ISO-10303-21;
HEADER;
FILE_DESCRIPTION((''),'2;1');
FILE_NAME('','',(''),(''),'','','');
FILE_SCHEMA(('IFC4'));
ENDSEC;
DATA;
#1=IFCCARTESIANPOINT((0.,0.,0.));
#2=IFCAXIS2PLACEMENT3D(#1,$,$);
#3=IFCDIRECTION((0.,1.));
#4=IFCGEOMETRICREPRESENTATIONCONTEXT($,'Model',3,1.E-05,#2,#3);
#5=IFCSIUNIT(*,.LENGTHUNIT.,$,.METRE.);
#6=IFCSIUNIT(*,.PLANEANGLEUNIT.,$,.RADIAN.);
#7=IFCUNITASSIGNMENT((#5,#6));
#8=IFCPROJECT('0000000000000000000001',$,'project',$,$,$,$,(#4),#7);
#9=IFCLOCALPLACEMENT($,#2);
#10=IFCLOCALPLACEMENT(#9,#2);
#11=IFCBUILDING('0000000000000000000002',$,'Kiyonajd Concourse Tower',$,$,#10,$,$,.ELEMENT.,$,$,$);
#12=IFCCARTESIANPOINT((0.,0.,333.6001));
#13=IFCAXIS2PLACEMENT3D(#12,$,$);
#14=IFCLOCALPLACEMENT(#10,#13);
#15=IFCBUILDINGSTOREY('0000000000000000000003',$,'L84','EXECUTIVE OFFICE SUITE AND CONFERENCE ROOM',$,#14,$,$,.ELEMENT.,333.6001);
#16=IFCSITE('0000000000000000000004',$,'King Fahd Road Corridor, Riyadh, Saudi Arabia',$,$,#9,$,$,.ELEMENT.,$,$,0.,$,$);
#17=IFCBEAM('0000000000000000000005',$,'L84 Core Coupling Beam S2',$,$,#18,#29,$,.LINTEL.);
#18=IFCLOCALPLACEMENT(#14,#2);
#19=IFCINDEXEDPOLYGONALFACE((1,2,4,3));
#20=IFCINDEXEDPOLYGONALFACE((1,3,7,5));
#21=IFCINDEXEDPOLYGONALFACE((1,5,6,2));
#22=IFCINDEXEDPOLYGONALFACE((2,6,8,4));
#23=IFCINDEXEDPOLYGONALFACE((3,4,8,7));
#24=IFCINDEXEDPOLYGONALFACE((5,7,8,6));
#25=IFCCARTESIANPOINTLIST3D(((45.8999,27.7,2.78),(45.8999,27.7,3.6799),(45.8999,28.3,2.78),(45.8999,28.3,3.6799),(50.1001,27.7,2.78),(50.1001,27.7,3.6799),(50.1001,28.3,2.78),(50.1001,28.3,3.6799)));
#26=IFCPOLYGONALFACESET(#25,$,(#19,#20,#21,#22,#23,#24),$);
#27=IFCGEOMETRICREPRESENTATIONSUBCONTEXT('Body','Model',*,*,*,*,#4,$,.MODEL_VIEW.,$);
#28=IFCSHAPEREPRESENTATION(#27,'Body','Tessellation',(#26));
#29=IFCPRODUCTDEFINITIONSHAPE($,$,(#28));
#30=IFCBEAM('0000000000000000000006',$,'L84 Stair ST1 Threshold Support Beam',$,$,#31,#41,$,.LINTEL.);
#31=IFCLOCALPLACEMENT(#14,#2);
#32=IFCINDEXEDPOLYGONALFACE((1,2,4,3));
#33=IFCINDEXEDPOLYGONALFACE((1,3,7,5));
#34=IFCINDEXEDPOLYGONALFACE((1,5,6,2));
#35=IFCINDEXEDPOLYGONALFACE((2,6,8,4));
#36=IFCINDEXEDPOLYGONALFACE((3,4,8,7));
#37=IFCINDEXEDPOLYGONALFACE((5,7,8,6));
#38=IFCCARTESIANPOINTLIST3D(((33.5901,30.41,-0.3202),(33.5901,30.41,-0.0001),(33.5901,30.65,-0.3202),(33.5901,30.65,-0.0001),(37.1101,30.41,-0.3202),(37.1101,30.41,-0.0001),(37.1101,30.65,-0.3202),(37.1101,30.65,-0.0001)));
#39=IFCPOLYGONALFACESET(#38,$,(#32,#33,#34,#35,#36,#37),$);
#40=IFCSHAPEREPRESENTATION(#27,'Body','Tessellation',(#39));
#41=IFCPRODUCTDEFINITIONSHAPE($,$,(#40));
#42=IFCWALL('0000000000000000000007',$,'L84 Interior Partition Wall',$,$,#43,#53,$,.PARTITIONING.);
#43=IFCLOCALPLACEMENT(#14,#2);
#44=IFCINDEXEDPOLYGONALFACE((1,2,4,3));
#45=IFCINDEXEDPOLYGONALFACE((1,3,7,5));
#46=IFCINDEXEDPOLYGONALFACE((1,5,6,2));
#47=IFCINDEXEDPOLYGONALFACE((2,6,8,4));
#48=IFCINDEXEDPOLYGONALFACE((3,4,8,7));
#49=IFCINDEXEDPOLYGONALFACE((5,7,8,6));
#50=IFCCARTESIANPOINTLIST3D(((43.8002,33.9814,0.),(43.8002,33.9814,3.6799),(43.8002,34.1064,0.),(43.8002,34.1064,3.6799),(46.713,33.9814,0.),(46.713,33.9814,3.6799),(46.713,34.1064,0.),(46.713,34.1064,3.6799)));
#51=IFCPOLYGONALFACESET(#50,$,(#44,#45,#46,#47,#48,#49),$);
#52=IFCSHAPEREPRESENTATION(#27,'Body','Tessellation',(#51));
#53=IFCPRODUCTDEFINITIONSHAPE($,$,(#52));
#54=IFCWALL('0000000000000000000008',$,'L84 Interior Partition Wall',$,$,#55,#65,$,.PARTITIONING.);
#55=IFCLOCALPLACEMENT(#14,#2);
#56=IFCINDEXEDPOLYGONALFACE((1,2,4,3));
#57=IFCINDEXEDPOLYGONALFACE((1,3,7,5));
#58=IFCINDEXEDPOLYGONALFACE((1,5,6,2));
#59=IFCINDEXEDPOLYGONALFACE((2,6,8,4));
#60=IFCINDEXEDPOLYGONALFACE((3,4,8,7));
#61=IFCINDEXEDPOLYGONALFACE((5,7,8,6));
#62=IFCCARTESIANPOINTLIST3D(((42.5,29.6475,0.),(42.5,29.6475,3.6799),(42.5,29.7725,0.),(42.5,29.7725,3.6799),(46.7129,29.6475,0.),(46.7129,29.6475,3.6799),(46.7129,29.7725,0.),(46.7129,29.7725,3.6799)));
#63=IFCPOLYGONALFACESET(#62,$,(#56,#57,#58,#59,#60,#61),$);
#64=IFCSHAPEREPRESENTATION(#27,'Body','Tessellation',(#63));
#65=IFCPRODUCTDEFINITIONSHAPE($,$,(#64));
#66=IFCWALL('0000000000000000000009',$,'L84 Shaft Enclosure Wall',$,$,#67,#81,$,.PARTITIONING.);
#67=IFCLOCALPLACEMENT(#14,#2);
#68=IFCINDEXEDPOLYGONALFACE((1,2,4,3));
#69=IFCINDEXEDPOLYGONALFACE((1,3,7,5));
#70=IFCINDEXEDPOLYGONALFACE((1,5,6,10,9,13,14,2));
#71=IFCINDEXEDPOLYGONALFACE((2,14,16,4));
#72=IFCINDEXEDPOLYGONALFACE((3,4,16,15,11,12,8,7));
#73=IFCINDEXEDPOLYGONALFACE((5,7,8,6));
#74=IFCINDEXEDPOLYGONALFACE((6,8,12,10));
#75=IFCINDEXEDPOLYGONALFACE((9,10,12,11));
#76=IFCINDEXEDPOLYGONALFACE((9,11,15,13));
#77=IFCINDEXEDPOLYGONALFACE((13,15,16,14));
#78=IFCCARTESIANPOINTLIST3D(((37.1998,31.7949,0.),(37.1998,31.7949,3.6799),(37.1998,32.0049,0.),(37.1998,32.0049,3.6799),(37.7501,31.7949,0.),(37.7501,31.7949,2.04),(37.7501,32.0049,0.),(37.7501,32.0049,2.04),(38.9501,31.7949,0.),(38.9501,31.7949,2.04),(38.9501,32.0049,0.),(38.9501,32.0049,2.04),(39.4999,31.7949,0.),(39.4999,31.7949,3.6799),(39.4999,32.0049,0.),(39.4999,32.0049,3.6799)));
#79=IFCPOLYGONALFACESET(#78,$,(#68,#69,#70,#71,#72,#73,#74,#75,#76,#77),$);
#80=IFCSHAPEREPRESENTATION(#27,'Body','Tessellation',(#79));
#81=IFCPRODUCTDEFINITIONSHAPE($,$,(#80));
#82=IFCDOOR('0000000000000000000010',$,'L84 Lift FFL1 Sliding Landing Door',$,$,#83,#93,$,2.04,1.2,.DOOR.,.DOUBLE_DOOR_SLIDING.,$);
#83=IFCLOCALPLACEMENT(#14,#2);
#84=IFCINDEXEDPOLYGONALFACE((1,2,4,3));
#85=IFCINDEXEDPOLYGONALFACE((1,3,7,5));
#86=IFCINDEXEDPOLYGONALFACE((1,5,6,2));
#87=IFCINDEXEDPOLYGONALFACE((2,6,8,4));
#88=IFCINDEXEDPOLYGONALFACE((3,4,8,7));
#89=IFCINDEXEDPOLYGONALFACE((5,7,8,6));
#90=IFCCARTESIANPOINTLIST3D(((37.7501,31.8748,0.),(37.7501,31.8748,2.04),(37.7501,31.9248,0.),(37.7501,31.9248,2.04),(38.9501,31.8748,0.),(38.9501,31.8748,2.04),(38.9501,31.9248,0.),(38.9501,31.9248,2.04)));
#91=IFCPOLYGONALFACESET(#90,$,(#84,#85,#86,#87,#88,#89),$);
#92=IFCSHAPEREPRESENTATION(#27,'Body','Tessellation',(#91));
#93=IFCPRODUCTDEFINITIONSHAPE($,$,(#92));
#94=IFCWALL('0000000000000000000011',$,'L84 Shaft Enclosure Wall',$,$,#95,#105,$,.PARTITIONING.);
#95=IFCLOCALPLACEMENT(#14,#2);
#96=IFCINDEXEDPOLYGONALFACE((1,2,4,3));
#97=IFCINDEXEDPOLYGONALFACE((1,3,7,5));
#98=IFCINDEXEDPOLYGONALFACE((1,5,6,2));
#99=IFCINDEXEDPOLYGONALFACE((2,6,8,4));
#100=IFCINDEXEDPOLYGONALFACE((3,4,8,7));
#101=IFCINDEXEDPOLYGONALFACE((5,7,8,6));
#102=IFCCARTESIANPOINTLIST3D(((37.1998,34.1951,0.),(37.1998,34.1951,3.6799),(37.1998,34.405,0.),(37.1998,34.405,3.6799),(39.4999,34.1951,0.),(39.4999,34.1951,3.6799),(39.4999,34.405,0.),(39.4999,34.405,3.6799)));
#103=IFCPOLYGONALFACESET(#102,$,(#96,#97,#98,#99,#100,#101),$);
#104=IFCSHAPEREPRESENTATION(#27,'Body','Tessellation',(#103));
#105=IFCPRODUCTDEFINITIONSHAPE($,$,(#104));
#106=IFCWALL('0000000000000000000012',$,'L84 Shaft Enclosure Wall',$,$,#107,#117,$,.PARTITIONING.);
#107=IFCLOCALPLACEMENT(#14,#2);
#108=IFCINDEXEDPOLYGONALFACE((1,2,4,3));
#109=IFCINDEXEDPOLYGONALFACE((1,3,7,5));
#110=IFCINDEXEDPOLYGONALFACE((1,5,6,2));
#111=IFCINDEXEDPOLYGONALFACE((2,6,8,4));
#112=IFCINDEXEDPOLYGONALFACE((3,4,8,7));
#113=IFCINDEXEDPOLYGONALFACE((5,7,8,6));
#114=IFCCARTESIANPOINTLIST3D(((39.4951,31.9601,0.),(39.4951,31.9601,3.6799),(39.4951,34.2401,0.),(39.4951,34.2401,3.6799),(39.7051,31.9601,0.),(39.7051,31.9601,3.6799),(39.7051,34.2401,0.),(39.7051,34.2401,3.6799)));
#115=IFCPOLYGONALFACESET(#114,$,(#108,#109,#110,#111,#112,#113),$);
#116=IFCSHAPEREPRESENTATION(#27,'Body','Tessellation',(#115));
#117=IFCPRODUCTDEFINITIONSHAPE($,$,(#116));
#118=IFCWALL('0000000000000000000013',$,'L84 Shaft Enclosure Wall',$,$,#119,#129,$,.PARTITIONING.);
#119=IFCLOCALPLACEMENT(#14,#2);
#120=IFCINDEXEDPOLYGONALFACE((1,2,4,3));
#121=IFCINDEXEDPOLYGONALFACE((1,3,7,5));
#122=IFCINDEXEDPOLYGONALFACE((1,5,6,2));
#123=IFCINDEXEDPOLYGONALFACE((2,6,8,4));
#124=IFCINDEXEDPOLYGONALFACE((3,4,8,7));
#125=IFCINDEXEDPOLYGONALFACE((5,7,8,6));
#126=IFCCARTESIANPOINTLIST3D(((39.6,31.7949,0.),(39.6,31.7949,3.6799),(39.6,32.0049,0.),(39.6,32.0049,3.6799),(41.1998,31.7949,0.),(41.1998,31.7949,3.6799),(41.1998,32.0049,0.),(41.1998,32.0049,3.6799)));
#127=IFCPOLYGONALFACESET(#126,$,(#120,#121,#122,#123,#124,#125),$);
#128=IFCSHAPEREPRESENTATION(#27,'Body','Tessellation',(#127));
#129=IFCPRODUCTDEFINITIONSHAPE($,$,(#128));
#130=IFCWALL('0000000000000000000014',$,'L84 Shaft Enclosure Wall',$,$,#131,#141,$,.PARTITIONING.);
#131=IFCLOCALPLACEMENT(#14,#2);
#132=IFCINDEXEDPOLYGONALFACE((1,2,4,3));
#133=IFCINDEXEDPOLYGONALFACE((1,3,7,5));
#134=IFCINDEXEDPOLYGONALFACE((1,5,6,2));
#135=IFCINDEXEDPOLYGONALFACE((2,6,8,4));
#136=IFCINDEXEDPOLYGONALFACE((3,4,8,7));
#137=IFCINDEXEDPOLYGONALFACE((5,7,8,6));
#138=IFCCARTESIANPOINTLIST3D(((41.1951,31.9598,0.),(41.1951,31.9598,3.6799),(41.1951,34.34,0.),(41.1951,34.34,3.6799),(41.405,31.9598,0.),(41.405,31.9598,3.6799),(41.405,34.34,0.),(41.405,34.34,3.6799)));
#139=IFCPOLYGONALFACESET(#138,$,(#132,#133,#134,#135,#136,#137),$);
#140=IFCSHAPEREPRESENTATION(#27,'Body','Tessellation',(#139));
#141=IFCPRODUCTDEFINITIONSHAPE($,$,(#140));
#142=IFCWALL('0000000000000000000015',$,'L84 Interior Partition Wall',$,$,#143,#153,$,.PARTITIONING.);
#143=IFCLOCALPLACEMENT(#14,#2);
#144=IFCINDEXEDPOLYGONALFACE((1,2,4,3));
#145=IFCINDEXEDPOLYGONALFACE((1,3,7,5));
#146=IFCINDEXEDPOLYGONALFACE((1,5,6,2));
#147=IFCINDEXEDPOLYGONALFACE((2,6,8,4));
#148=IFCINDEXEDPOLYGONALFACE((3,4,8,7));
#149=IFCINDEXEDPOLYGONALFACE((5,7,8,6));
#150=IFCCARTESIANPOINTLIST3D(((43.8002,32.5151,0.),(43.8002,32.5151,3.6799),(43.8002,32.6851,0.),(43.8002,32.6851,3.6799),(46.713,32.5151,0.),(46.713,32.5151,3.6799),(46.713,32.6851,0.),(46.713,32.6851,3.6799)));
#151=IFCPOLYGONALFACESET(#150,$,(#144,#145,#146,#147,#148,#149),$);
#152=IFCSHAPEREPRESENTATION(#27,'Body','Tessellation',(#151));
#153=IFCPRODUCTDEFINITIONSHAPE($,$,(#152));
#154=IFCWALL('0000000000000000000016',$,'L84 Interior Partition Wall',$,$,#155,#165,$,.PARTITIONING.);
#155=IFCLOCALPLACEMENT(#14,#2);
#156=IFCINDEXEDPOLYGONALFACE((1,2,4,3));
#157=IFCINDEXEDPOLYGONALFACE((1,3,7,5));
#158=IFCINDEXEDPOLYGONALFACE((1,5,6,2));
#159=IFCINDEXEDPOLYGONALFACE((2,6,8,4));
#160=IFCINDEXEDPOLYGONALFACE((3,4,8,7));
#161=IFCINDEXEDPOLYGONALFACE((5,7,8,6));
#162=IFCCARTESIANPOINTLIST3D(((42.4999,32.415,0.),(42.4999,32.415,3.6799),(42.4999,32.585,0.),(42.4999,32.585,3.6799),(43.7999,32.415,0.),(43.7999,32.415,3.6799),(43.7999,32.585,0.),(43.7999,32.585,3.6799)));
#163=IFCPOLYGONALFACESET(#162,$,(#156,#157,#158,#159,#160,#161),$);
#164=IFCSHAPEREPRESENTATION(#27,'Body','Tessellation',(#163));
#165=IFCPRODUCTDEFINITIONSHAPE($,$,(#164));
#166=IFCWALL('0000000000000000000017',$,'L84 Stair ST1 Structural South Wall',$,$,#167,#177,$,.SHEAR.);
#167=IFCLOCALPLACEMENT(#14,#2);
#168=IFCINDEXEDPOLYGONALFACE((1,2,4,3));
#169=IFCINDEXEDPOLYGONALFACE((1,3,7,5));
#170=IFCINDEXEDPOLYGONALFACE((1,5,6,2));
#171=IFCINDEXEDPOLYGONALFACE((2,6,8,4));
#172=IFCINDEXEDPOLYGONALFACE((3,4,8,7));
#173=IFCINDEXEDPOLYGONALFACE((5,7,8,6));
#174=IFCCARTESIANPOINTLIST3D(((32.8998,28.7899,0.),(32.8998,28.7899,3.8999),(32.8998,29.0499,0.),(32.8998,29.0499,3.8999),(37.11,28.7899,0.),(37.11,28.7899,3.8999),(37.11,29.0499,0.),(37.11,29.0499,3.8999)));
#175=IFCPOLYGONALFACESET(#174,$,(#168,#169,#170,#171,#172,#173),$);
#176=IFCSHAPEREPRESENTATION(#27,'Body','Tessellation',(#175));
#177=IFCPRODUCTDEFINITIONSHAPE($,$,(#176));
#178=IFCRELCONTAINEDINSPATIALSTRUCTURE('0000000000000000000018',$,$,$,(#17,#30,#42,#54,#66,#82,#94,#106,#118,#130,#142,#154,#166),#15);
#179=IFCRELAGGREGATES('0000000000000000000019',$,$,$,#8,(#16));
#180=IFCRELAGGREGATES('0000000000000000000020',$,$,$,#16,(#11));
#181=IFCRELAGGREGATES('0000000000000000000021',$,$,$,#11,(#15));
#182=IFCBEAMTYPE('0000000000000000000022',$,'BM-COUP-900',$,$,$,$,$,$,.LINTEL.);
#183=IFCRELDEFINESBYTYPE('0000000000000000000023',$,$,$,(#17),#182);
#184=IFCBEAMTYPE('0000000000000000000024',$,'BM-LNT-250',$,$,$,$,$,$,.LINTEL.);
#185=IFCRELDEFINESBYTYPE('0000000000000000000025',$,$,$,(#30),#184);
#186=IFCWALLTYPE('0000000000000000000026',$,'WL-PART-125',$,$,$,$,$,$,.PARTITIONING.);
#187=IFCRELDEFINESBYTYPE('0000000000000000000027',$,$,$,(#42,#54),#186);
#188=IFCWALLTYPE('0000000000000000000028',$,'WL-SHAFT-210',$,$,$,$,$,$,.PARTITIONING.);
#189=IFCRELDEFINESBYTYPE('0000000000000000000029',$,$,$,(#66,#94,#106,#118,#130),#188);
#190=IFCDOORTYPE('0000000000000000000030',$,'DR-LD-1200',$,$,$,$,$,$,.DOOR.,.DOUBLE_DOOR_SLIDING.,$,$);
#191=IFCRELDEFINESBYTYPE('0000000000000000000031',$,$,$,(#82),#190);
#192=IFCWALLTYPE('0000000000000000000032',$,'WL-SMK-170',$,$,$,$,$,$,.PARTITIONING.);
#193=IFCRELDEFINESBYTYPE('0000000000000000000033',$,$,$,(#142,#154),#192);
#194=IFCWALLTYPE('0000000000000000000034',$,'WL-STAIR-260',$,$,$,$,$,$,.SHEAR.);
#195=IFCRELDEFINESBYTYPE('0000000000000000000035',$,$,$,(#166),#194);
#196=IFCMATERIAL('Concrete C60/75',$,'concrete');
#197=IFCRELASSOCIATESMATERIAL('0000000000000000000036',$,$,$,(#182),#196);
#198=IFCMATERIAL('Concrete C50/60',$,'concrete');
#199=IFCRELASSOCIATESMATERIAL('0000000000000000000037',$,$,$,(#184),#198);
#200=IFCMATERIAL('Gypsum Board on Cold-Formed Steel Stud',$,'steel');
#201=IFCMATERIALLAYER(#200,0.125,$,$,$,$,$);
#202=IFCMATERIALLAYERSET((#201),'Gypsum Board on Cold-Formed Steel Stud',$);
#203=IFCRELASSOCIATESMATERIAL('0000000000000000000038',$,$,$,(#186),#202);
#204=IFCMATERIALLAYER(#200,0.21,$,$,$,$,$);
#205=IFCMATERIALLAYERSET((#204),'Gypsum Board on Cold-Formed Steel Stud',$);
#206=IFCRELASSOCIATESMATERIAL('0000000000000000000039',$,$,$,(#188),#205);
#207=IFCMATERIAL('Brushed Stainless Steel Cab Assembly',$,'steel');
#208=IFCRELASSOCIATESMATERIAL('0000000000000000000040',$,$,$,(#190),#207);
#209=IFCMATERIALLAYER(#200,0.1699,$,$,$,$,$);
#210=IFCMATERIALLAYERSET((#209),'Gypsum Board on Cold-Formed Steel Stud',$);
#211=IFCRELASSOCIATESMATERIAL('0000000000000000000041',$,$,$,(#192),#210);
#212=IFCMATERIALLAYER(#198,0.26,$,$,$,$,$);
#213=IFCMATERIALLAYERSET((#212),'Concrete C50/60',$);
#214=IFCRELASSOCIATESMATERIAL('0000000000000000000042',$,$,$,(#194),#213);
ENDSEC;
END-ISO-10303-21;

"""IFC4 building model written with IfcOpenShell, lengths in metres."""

from ifc_helpers import new_model, si_unit, direction, frame, frame_2d, origin, origin_2d, place, context, subcontext, project, spatial, rectangle, extrude, material, layer, layer_set, material_profile, profile_set, type_object, element, fill, save


model = new_model("IFC4")

# Units and contexts
model_context = context("Model", 3, precision=1e-05, world=origin(), true_north=direction((0.0, 1.0)))
body_context = subcontext(model_context, "Body", "Model", "MODEL_VIEW")
ifc_project = project(units=[si_unit("LENGTHUNIT", "METRE"), si_unit("PLANEANGLEUNIT", "RADIAN")], contexts=[model_context])

# Site, building, storey
site_placement = place(None, origin())
site = spatial("IfcSite", under=ifc_project, at=site_placement, Name="King Fahd Road Corridor, Riyadh, Saudi Arabia", CompositionType="ELEMENT", RefElevation=0.0)
building_placement = place(site_placement, origin())
building = spatial("IfcBuilding", under=site, at=building_placement, Name="Kiyonajd Concourse Tower", CompositionType="ELEMENT")
storey_placement = place(building_placement, frame((0.0, 0.0, 333.6001)))
storey = spatial("IfcBuildingStorey", under=building, at=storey_placement, Name="L84", Description="EXECUTIVE OFFICE SUITE AND CONFERENCE ROOM", CompositionType="ELEMENT", Elevation=333.6001)

# Beams
ifc_material_1 = material(Name="Concrete C60/75", Category="concrete")
ifc_material_profile_1 = material_profile(ifc_material_1, rectangle(XDim=0.6001, YDim=0.8999, at=origin_2d()), Name="RCBM-600x900")
ifc_profile_set_1 = profile_set([ifc_material_profile_1], Name="Concrete C60/75")
beam_type_1 = type_object("IfcBeamType", Name="BM-COUP-900", PredefinedType="LINTEL", material=ifc_profile_set_1)
beam_1_placement = place(storey_placement, frame((45.8999, 28.0, 3.23), z_axis=(1.0, 0.0, 0.0), x_axis=(0.0, 1.0, 0.0)))
element("IfcBeam", 1, at=beam_1_placement, inside=storey, type_object=beam_type_1, Name="L84 Core Coupling Beam S2", PredefinedType="LINTEL", context=body_context, shape_type="SweptSolid", body=[
    extrude(rectangle(XDim=0.6001, YDim=0.8999, at=origin_2d()), origin(), (0.0, 0.0, 1.0), 4.2002),
])
ifc_material_2 = material(Name="Concrete C50/60", Category="concrete")
ifc_material_profile_2 = material_profile(ifc_material_2, rectangle(XDim=0.24, YDim=0.3201, at=origin_2d()), Name="RCBM-240x320")
ifc_profile_set_2 = profile_set([ifc_material_profile_2], Name="Concrete C50/60")
beam_type_2 = type_object("IfcBeamType", Name="BM-LNT-250", PredefinedType="LINTEL", material=ifc_profile_set_2)
beam_2_placement = place(storey_placement, frame((33.5901, 30.53, -0.1602), z_axis=(1.0, 0.0, 0.0), x_axis=(0.0, 1.0, 0.0)))
element("IfcBeam", 2, at=beam_2_placement, inside=storey, type_object=beam_type_2, Name="L84 Stair ST1 Threshold Support Beam", PredefinedType="LINTEL", context=body_context, shape_type="SweptSolid", body=[
    extrude(rectangle(XDim=0.24, YDim=0.3201, at=origin_2d()), origin(), (0.0, 0.0, 1.0), 3.52),
])

# Walls
ifc_material_3 = material(Name="Gypsum Board on Cold-Formed Steel Stud", Category="steel")
ifc_layer_1 = layer(ifc_material_3, 0.125)
ifc_layer_set_1 = layer_set([ifc_layer_1], Name="Gypsum Board on Cold-Formed Steel Stud")
wall_type_1 = type_object("IfcWallType", Name="WL-PART-125", PredefinedType="PARTITIONING", material=ifc_layer_set_1)
wall_1_placement = place(storey_placement, frame((43.8, 34.0439, 0.0), z_axis=(0.0, 0.0, 1.0), x_axis=(1.0, 0.0, 0.0)))
element("IfcWall", 3, at=wall_1_placement, inside=storey, type_object=wall_type_1, Name="L84 Interior Partition Wall", PredefinedType="PARTITIONING", context=body_context, shape_type="SweptSolid", body=[
    extrude(rectangle(XDim=2.9128, YDim=0.125, at=frame_2d((1.4565, 0.0))), origin(), (0.0, 0.0, 1.0), 3.6799),
])
wall_2_placement = place(storey_placement, frame((42.5, 29.71, 0.0), z_axis=(0.0, 0.0, 1.0), x_axis=(1.0, 0.0, 0.0)))
element("IfcWall", 4, at=wall_2_placement, inside=storey, type_object=wall_type_1, Name="L84 Interior Partition Wall", PredefinedType="PARTITIONING", context=body_context, shape_type="SweptSolid", body=[
    extrude(rectangle(XDim=4.2129, YDim=0.125, at=frame_2d((2.1064, 0.0))), origin(), (0.0, 0.0, 1.0), 3.6799),
])

# Wall, opening, door
ifc_layer_2 = layer(ifc_material_3, 0.21)
ifc_layer_set_2 = layer_set([ifc_layer_2], Name="Gypsum Board on Cold-Formed Steel Stud")
wall_type_2 = type_object("IfcWallType", Name="WL-SHAFT-210", PredefinedType="PARTITIONING", material=ifc_layer_set_2)
wall_3_placement = place(storey_placement, frame((37.2, 31.8999, 0.0), z_axis=(0.0, 0.0, 1.0), x_axis=(1.0, 0.0, 0.0)))
wall_3 = element("IfcWall", 5, at=wall_3_placement, inside=storey, type_object=wall_type_2, Name="L84 Shaft Enclosure Wall", PredefinedType="PARTITIONING", context=body_context, shape_type="SweptSolid", body=[
    extrude(rectangle(XDim=2.3, YDim=0.21, at=frame_2d((1.1499, 0.0))), origin(), (0.0, 0.0, 1.0), 3.6799),
])
opening_1_placement = place(wall_3_placement, frame((0.55, 0.0, 0.0)))
opening_1 = element("IfcOpeningElement", 6, at=opening_1_placement, cuts=wall_3, PredefinedType="OPENING", context=body_context, shape_type="SweptSolid", body=[
    extrude(rectangle(XDim=1.2, YDim=2.04, at=frame_2d((0.6001, 1.02))), frame((0.0, 0.115, 0.0), z_axis=(0.0, -1.0, 0.0), x_axis=(1.0, 0.0, 0.0)), (0.0, 0.0, 1.0), 0.23),
])
ifc_material_4 = material(Name="Brushed Stainless Steel Cab Assembly", Category="steel")
door_type_1 = type_object("IfcDoorType", Name="DR-LD-1200", OperationType="DOUBLE_DOOR_SLIDING", PredefinedType="DOOR", material=ifc_material_4)
door_1_placement = place(opening_1_placement, origin())
door_1 = element("IfcDoor", 7, at=door_1_placement, inside=storey, type_object=door_type_1, Name="L84 Lift FFL1 Sliding Landing Door", OperationType="DOUBLE_DOOR_SLIDING", OverallHeight=2.04, OverallWidth=1.2, PredefinedType="DOOR", context=body_context, shape_type="SweptSolid", body=[
    extrude(rectangle(XDim=1.2, YDim=2.04, at=frame_2d((0.6001, 1.02))), frame((0.0, 0.0249, 0.0), z_axis=(0.0, -1.0, 0.0), x_axis=(1.0, 0.0, 0.0)), (0.0, 0.0, 1.0), 0.05),
])
fill(opening_1, door_1)

# Walls
wall_4_placement = place(storey_placement, frame((37.2, 34.3, 0.0), z_axis=(0.0, 0.0, 1.0), x_axis=(1.0, 0.0, 0.0)))
element("IfcWall", 8, at=wall_4_placement, inside=storey, type_object=wall_type_2, Name="L84 Shaft Enclosure Wall", PredefinedType="PARTITIONING", context=body_context, shape_type="SweptSolid", body=[
    extrude(rectangle(XDim=2.3, YDim=0.21, at=frame_2d((1.1499, 0.0))), origin(), (0.0, 0.0, 1.0), 3.6799),
])
wall_5_placement = place(storey_placement, frame((39.6001, 31.96, 0.0), z_axis=(0.0, 0.0, 1.0), x_axis=(0.0, 1.0, 0.0)))
element("IfcWall", 9, at=wall_5_placement, inside=storey, type_object=wall_type_2, Name="L84 Shaft Enclosure Wall", PredefinedType="PARTITIONING", context=body_context, shape_type="SweptSolid", body=[
    extrude(rectangle(XDim=2.28, YDim=0.21, at=frame_2d((1.1401, 0.0))), origin(), (0.0, 0.0, 1.0), 3.6799),
])
wall_6_placement = place(storey_placement, frame((39.6001, 31.8999, 0.0), z_axis=(0.0, 0.0, 1.0), x_axis=(1.0, 0.0, 0.0)))
element("IfcWall", 10, at=wall_6_placement, inside=storey, type_object=wall_type_2, Name="L84 Shaft Enclosure Wall", PredefinedType="PARTITIONING", context=body_context, shape_type="SweptSolid", body=[
    extrude(rectangle(XDim=1.5999, YDim=0.21, at=frame_2d((0.7998, 0.0))), origin(), (0.0, 0.0, 1.0), 3.6799),
])
wall_7_placement = place(storey_placement, frame((41.3, 31.96, 0.0), z_axis=(0.0, 0.0, 1.0), x_axis=(0.0, 1.0, 0.0)))
element("IfcWall", 11, at=wall_7_placement, inside=storey, type_object=wall_type_2, Name="L84 Shaft Enclosure Wall", PredefinedType="PARTITIONING", context=body_context, shape_type="SweptSolid", body=[
    extrude(rectangle(XDim=2.3801, YDim=0.21, at=frame_2d((1.1899, 0.0))), origin(), (0.0, 0.0, 1.0), 3.6799),
])
ifc_layer_3 = layer(ifc_material_3, 0.1699)
ifc_layer_set_3 = layer_set([ifc_layer_3], Name="Gypsum Board on Cold-Formed Steel Stud")
wall_type_3 = type_object("IfcWallType", Name="WL-SMK-170", PredefinedType="PARTITIONING", material=ifc_layer_set_3)
wall_8_placement = place(storey_placement, frame((43.8, 32.6001, 0.0), z_axis=(0.0, 0.0, 1.0), x_axis=(1.0, 0.0, 0.0)))
element("IfcWall", 12, at=wall_8_placement, inside=storey, type_object=wall_type_3, Name="L84 Interior Partition Wall", PredefinedType="PARTITIONING", context=body_context, shape_type="SweptSolid", body=[
    extrude(rectangle(XDim=2.9128, YDim=0.1699, at=frame_2d((1.4565, 0.0))), origin(), (0.0, 0.0, 1.0), 3.6799),
])
wall_9_placement = place(storey_placement, frame((42.5, 32.5, 0.0), z_axis=(0.0, 0.0, 1.0), x_axis=(1.0, 0.0, 0.0)))
element("IfcWall", 13, at=wall_9_placement, inside=storey, type_object=wall_type_3, Name="L84 Interior Partition Wall", PredefinedType="PARTITIONING", context=body_context, shape_type="SweptSolid", body=[
    extrude(rectangle(XDim=1.3, YDim=0.1699, at=frame_2d((0.6499, 0.0))), origin(), (0.0, 0.0, 1.0), 3.6799),
])
ifc_layer_4 = layer(ifc_material_2, 0.26)
ifc_layer_set_4 = layer_set([ifc_layer_4], Name="Concrete C50/60")
wall_type_4 = type_object("IfcWallType", Name="WL-STAIR-260", PredefinedType="SHEAR", material=ifc_layer_set_4)
wall_10_placement = place(storey_placement, frame((32.8999, 28.9199, 0.0), z_axis=(0.0, 0.0, 1.0), x_axis=(1.0, 0.0, 0.0)))
element("IfcWall", 14, at=wall_10_placement, inside=storey, type_object=wall_type_4, Name="L84 Stair ST1 Structural South Wall", PredefinedType="SHEAR", context=body_context, shape_type="SweptSolid", body=[
    extrude(rectangle(XDim=4.2102, YDim=0.26, at=frame_2d((2.105, 0.0))), origin(), (0.0, 0.0, 1.0), 3.8999),
])

save(model, "model.ifc")
